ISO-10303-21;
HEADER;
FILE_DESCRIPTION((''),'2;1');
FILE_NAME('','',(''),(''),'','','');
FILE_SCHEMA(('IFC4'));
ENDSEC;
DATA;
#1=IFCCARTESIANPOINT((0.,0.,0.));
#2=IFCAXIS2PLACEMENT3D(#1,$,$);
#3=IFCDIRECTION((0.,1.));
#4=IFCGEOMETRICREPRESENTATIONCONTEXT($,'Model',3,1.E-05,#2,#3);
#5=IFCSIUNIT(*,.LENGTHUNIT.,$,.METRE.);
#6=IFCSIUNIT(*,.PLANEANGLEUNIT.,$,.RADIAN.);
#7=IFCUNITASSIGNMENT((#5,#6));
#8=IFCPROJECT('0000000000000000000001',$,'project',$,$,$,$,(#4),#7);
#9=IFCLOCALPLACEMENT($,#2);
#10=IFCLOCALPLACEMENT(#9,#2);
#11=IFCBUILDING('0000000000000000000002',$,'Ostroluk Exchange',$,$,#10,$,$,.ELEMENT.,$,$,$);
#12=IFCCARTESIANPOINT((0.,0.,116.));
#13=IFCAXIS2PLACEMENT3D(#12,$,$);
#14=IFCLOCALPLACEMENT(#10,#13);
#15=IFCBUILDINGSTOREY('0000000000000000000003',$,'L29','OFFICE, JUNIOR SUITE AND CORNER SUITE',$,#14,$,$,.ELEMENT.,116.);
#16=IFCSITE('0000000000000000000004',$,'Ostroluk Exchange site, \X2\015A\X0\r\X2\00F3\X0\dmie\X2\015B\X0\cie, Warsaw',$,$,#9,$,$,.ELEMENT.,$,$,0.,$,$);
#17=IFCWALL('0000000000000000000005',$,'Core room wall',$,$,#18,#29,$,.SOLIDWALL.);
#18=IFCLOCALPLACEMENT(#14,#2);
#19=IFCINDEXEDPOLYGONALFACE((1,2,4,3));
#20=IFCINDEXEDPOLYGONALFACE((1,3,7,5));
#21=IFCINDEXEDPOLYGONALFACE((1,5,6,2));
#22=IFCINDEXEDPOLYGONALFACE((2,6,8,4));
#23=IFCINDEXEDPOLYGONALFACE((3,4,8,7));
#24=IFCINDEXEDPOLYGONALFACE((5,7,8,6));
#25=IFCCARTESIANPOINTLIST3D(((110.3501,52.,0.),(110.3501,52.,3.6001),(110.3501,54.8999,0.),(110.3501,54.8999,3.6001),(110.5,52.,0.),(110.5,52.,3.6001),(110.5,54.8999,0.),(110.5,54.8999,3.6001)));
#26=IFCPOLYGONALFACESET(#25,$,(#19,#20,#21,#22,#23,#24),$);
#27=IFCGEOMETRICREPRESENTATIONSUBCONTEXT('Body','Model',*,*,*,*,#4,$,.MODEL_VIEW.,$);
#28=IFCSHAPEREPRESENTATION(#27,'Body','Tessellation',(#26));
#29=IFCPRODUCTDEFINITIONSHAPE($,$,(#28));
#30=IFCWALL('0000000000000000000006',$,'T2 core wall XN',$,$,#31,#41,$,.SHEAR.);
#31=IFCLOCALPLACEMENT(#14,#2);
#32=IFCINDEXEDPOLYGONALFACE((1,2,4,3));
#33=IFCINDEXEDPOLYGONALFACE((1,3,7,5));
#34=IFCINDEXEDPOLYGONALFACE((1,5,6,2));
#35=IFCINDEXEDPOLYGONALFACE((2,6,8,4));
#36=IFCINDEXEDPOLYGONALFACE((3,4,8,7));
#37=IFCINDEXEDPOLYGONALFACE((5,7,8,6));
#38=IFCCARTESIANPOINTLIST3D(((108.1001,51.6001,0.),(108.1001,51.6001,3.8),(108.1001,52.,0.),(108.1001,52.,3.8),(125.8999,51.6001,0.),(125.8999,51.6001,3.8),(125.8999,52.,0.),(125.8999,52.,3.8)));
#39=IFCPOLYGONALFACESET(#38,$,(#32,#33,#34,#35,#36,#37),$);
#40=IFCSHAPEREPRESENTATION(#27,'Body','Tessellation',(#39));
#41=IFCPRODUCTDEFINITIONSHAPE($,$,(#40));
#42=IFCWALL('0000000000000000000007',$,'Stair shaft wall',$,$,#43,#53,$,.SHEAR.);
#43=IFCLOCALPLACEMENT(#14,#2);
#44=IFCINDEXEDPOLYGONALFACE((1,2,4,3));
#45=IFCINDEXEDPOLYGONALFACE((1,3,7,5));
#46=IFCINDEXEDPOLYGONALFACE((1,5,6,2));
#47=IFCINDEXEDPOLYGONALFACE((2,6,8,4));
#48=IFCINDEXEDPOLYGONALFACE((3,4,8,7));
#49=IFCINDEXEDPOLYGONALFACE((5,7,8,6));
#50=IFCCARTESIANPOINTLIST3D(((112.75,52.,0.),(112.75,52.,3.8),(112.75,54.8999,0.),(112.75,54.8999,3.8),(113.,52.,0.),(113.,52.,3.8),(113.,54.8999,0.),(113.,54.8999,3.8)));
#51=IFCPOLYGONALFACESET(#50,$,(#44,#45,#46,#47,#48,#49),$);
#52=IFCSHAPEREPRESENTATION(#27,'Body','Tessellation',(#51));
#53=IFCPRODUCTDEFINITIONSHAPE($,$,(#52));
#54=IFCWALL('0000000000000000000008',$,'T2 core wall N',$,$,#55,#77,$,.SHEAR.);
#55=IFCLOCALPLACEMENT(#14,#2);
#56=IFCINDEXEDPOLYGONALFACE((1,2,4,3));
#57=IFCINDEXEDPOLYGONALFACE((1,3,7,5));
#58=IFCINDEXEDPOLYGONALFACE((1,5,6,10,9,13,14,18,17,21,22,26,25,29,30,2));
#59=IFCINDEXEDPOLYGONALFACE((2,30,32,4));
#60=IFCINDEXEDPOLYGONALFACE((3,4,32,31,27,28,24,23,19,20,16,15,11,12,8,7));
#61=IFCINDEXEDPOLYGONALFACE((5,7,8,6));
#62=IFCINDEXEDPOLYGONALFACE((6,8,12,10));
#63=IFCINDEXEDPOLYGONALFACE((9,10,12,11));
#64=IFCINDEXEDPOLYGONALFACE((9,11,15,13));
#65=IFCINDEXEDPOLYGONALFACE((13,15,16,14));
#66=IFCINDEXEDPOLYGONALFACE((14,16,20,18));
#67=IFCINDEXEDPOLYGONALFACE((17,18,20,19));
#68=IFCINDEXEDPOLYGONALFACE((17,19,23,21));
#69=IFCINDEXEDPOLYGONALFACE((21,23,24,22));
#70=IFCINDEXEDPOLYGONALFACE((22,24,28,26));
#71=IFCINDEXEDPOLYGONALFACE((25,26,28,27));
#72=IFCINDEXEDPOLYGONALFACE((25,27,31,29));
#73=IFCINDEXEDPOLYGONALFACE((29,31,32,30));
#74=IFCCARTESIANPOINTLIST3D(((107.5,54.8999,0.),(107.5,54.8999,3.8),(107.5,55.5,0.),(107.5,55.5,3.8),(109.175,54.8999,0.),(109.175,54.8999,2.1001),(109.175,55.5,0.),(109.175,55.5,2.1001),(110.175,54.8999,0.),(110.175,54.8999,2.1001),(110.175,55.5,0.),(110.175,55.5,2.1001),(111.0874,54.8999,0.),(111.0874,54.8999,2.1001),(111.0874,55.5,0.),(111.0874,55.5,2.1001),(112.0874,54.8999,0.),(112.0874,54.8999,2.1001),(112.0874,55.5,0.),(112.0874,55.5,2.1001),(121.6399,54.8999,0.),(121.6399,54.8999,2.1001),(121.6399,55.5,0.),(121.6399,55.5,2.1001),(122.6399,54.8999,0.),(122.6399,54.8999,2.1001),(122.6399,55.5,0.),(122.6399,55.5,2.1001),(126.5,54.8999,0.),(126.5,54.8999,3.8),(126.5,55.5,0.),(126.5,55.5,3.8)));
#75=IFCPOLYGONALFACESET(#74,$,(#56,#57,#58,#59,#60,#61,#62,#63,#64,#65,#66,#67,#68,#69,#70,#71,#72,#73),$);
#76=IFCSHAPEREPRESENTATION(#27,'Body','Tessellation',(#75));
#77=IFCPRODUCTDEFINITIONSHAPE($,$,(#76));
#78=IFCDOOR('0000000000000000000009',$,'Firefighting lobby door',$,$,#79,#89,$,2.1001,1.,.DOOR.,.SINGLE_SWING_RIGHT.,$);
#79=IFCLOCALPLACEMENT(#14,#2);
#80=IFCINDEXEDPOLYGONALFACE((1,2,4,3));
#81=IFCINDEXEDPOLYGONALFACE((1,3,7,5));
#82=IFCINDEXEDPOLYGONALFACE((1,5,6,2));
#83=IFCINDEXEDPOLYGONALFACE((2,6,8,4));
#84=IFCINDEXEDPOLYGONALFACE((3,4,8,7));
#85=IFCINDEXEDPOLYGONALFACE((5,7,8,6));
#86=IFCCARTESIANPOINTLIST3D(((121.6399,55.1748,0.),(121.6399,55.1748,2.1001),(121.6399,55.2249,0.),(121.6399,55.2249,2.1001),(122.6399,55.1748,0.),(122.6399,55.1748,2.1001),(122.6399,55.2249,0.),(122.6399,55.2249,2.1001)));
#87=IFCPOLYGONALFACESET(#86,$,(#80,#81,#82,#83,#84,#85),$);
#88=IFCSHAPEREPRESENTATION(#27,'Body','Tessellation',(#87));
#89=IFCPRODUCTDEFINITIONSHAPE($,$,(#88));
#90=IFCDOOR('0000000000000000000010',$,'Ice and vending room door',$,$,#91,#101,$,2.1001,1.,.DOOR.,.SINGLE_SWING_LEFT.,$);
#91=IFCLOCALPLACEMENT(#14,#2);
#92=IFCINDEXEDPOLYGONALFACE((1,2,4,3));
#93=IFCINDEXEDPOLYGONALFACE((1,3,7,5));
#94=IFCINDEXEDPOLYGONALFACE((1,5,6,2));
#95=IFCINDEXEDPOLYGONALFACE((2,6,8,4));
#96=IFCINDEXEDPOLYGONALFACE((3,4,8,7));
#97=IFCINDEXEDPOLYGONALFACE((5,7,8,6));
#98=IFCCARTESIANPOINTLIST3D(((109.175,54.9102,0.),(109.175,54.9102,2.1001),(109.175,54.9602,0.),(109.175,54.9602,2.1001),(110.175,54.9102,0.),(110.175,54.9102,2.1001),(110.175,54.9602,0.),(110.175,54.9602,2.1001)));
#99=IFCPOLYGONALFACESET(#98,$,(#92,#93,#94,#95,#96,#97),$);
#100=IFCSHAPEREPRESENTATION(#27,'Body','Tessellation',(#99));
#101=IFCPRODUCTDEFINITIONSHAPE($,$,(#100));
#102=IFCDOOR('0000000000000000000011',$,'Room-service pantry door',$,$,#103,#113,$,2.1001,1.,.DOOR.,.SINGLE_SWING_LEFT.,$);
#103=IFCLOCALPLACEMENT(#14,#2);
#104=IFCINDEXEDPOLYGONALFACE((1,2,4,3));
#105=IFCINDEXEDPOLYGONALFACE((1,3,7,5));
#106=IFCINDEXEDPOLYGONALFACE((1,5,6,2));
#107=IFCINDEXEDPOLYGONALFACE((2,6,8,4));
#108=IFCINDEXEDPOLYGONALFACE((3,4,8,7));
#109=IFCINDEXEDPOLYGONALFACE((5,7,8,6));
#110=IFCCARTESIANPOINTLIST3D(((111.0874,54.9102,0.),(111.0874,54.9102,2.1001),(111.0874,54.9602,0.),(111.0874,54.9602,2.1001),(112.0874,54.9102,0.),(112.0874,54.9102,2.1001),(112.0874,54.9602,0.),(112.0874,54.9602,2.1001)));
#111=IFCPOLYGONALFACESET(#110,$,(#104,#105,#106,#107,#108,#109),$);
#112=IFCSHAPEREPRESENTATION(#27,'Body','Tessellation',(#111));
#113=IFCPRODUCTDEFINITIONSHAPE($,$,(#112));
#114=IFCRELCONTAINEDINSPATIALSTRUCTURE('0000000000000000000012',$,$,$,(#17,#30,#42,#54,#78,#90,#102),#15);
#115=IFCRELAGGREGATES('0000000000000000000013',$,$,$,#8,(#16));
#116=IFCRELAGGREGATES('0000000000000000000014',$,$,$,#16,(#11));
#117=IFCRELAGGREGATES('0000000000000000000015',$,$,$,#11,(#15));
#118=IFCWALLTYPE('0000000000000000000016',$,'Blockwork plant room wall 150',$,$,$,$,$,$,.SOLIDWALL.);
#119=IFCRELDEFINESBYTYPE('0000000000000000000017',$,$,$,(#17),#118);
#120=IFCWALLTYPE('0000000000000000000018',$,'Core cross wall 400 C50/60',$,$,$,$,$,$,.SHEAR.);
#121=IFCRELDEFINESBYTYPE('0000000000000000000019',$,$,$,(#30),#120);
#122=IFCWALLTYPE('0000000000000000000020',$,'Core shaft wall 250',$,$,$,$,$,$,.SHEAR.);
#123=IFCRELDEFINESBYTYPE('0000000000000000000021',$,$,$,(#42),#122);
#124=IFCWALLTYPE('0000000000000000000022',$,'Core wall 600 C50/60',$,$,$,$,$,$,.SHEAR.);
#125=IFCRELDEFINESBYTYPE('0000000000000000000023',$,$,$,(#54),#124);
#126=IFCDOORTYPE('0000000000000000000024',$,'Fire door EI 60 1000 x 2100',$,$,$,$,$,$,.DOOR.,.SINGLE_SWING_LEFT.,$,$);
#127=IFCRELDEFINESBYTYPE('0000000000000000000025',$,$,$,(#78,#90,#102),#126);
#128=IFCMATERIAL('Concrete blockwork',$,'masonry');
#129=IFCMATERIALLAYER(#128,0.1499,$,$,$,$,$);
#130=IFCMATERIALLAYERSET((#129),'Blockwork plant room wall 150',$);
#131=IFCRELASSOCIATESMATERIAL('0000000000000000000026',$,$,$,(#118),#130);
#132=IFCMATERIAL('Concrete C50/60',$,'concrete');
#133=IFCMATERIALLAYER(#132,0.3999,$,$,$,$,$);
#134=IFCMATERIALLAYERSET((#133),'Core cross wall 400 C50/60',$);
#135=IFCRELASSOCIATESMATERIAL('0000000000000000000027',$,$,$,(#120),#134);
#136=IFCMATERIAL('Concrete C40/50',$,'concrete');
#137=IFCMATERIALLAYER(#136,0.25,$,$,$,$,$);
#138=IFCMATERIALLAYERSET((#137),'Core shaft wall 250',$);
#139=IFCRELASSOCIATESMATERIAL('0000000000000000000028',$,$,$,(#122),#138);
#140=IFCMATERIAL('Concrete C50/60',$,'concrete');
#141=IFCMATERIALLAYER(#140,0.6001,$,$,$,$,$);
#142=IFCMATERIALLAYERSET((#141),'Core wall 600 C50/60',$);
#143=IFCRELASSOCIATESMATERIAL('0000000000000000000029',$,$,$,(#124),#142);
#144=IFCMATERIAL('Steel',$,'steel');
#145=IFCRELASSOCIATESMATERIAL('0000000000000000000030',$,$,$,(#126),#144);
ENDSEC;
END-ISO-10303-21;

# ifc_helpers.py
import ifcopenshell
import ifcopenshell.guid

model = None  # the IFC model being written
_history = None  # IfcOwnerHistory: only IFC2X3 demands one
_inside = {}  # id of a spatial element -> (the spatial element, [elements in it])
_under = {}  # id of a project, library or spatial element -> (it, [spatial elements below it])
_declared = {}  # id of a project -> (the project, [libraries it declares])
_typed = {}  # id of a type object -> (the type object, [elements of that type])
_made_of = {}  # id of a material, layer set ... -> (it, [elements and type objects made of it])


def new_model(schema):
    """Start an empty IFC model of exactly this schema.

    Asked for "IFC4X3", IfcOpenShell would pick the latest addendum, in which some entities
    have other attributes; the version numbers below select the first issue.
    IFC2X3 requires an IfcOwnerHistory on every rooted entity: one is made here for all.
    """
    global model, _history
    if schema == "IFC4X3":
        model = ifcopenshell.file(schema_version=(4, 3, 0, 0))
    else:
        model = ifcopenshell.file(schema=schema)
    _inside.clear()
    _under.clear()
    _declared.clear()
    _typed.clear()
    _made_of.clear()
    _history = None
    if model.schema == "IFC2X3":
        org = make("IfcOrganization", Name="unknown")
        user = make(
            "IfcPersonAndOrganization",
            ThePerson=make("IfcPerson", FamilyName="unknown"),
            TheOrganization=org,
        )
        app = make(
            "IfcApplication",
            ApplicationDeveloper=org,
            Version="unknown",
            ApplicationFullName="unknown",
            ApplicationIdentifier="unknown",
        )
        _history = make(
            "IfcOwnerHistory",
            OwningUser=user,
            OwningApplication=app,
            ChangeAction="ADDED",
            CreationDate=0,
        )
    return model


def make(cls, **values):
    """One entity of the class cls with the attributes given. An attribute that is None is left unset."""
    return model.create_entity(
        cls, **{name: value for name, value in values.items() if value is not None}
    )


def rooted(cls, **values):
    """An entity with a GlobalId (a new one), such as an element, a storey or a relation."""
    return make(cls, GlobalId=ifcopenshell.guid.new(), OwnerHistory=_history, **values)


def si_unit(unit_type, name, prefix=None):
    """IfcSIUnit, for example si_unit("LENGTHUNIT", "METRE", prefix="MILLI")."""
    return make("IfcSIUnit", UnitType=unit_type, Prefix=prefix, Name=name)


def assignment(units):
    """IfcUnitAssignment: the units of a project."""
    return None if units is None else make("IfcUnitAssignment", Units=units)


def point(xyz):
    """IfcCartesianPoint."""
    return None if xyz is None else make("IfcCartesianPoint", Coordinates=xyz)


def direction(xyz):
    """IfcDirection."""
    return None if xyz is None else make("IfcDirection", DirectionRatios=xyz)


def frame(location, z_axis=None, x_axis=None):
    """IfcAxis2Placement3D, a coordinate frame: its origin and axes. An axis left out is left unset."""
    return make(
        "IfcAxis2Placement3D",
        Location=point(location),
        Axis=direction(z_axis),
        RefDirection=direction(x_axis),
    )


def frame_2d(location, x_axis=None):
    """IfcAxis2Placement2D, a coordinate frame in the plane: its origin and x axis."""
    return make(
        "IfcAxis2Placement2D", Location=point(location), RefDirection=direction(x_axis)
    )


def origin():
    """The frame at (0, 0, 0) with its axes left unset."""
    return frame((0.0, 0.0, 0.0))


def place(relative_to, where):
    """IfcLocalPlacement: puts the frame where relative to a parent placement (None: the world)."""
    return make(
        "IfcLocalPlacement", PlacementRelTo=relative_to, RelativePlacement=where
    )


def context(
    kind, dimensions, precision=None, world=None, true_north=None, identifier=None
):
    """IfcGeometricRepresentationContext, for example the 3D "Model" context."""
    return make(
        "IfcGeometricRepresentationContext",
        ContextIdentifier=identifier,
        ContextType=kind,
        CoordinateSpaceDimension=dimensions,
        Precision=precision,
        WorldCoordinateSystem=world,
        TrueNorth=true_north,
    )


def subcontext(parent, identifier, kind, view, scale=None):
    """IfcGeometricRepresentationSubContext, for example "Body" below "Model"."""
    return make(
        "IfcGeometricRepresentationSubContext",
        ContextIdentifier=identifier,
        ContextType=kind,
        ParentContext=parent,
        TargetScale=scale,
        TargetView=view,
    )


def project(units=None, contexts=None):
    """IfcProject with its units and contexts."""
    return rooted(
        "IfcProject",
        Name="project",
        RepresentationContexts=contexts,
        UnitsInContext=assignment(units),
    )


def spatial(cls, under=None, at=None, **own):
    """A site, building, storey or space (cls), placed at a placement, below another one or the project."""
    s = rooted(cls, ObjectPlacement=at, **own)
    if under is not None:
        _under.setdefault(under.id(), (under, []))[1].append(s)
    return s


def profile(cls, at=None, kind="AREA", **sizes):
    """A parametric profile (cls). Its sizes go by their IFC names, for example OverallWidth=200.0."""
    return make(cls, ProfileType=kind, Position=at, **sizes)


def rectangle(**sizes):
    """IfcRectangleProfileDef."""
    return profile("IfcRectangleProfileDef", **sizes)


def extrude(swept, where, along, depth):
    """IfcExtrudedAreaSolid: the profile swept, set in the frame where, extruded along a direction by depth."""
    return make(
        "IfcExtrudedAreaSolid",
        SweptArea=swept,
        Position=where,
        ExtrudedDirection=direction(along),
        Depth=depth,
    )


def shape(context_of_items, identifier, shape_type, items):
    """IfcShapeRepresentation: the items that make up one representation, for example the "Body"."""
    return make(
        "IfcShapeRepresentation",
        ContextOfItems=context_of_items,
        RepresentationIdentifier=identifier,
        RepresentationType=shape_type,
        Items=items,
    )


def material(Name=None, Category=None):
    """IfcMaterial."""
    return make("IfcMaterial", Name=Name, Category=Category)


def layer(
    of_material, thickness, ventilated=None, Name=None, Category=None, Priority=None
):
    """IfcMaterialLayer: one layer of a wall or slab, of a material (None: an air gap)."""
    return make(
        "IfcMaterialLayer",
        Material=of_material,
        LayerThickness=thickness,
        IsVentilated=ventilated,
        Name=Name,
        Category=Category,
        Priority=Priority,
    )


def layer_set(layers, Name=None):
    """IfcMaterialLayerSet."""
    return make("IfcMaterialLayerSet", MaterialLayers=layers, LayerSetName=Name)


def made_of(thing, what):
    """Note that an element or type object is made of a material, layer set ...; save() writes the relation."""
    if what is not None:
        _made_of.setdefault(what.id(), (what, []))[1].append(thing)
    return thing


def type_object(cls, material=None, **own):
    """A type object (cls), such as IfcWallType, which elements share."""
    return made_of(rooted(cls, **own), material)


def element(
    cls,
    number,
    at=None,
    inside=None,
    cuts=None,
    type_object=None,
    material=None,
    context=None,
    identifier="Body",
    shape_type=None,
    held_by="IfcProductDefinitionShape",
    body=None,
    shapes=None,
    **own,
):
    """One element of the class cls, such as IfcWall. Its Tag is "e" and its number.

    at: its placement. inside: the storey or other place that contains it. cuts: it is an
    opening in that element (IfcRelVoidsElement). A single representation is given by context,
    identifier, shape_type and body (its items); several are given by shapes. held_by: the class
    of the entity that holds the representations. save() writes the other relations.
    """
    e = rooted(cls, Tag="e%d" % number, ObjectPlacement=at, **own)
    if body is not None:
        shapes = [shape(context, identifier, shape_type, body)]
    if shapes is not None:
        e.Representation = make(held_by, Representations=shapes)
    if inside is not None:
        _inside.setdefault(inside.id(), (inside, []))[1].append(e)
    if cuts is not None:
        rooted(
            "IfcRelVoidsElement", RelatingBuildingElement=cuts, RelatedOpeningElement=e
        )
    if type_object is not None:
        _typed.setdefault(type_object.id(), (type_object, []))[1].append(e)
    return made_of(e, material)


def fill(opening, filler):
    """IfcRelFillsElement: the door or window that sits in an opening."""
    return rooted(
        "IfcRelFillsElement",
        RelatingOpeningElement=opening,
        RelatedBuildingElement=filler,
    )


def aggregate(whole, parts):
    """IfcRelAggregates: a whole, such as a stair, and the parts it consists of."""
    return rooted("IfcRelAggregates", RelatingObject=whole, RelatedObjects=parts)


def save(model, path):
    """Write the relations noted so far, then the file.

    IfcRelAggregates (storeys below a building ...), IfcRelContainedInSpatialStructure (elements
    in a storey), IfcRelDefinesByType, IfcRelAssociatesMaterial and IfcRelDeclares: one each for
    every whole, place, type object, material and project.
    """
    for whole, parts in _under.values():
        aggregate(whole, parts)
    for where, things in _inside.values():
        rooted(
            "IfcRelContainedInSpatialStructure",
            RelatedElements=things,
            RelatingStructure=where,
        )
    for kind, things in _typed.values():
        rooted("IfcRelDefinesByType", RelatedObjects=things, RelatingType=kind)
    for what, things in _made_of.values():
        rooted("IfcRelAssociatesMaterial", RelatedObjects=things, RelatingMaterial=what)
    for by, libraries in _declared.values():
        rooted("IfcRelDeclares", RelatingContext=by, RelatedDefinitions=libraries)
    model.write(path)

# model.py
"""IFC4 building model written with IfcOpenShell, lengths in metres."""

from ifc_helpers import new_model, si_unit, direction, frame, frame_2d, origin, place, context, subcontext, project, spatial, rectangle, extrude, material, layer, layer_set, type_object, element, fill, save


model = new_model("IFC4")

# Units and contexts
model_context = context("Model", 3, precision=1e-05, world=origin(), true_north=direction((0.0, 1.0)))
body_context = subcontext(model_context, "Body", "Model", "MODEL_VIEW")
ifc_project = project(units=[si_unit("LENGTHUNIT", "METRE"), si_unit("PLANEANGLEUNIT", "RADIAN")], contexts=[model_context])

# Site, building, storey
site_placement = place(None, origin())
site = spatial("IfcSite", under=ifc_project, at=site_placement, Name="Ostroluk Exchange site, Śródmieście, Warsaw", CompositionType="ELEMENT", RefElevation=0.0)
building_placement = place(site_placement, origin())
building = spatial("IfcBuilding", under=site, at=building_placement, Name="Ostroluk Exchange", CompositionType="ELEMENT")
storey_placement = place(building_placement, frame((0.0, 0.0, 116.0)))
storey = spatial("IfcBuildingStorey", under=building, at=storey_placement, Name="L29", Description="OFFICE, JUNIOR SUITE AND CORNER SUITE", CompositionType="ELEMENT", Elevation=116.0)

# Walls
ifc_material_1 = material(Name="Concrete blockwork", Category="masonry")
ifc_layer_1 = layer(ifc_material_1, 0.1499)
ifc_layer_set_1 = layer_set([ifc_layer_1], Name="Blockwork plant room wall 150")
wall_type_1 = type_object("IfcWallType", Name="Blockwork plant room wall 150", PredefinedType="SOLIDWALL", material=ifc_layer_set_1)
wall_1_placement = place(storey_placement, frame((110.425, 52.0, 0.0), z_axis=(0.0, 0.0, 1.0), x_axis=(0.0, 1.0, 0.0)))
element("IfcWall", 1, at=wall_1_placement, inside=storey, type_object=wall_type_1, Name="Core room wall", PredefinedType="SOLIDWALL", context=body_context, shape_type="SweptSolid", body=[
    extrude(rectangle(XDim=2.8999, YDim=0.1499, at=frame_2d((1.45, 0.0))), origin(), (0.0, 0.0, 1.0), 3.6001),
])
ifc_material_2 = material(Name="Concrete C50/60", Category="concrete")
ifc_layer_2 = layer(ifc_material_2, 0.3999)
ifc_layer_set_2 = layer_set([ifc_layer_2], Name="Core cross wall 400 C50/60")
wall_type_2 = type_object("IfcWallType", Name="Core cross wall 400 C50/60", PredefinedType="SHEAR", material=ifc_layer_set_2)
wall_2_placement = place(storey_placement, frame((108.1001, 51.8, 0.0), z_axis=(0.0, 0.0, 1.0), x_axis=(1.0, 0.0, 0.0)))
element("IfcWall", 2, at=wall_2_placement, inside=storey, type_object=wall_type_2, Name="T2 core wall XN", PredefinedType="SHEAR", context=body_context, shape_type="SweptSolid", body=[
    extrude(rectangle(XDim=17.7998, YDim=0.3999, at=frame_2d((8.8999, 0.0))), origin(), (0.0, 0.0, 1.0), 3.8),
])
ifc_material_3 = material(Name="Concrete C40/50", Category="concrete")
ifc_layer_3 = layer(ifc_material_3, 0.25)
ifc_layer_set_3 = layer_set([ifc_layer_3], Name="Core shaft wall 250")
wall_type_3 = type_object("IfcWallType", Name="Core shaft wall 250", PredefinedType="SHEAR", material=ifc_layer_set_3)
wall_3_placement = place(storey_placement, frame((112.875, 52.0, 0.0), z_axis=(0.0, 0.0, 1.0), x_axis=(0.0, 1.0, 0.0)))
element("IfcWall", 3, at=wall_3_placement, inside=storey, type_object=wall_type_3, Name="Stair shaft wall", PredefinedType="SHEAR", context=body_context, shape_type="SweptSolid", body=[
    extrude(rectangle(XDim=2.8999, YDim=0.25, at=frame_2d((1.45, 0.0))), origin(), (0.0, 0.0, 1.0), 3.8),
])

# Wall, openings, doors
ifc_material_4 = material(Name="Concrete C50/60", Category="concrete")
ifc_layer_4 = layer(ifc_material_4, 0.6001)
ifc_layer_set_4 = layer_set([ifc_layer_4], Name="Core wall 600 C50/60")
wall_type_4 = type_object("IfcWallType", Name="Core wall 600 C50/60", PredefinedType="SHEAR", material=ifc_layer_set_4)
wall_4_placement = place(storey_placement, frame((107.5, 55.2, 0.0), z_axis=(0.0, 0.0, 1.0), x_axis=(1.0, 0.0, 0.0)))
wall_4 = element("IfcWall", 4, at=wall_4_placement, inside=storey, type_object=wall_type_4, Name="T2 core wall N", PredefinedType="SHEAR", context=body_context, shape_type="SweptSolid", body=[
    extrude(rectangle(XDim=19.0, YDim=0.6001, at=frame_2d((9.5, 0.0))), origin(), (0.0, 0.0, 1.0), 3.8),
])
opening_1_placement = place(wall_4_placement, frame((14.1399, 0.0, 0.0)))
opening_1 = element("IfcOpeningElement", 5, at=opening_1_placement, cuts=wall_4, PredefinedType="OPENING", context=body_context, shape_type="SweptSolid", body=[
    extrude(rectangle(XDim=1.0, YDim=2.1001, at=frame_2d((0.5, 1.05))), frame((0.0, 0.3101, 0.0), z_axis=(0.0, -1.0, 0.0), x_axis=(1.0, 0.0, 0.0)), (0.0, 0.0, 1.0), 0.6201),
])
opening_2_placement = place(wall_4_placement, frame((1.675, 0.0, 0.0)))
opening_2 = element("IfcOpeningElement", 6, at=opening_2_placement, cuts=wall_4, PredefinedType="OPENING", context=body_context, shape_type="SweptSolid", body=[
    extrude(rectangle(XDim=1.0, YDim=2.1001, at=frame_2d((0.5, 1.05))), frame((0.0, 0.3101, 0.0), z_axis=(0.0, -1.0, 0.0), x_axis=(1.0, 0.0, 0.0)), (0.0, 0.0, 1.0), 0.6201),
])
opening_3_placement = place(wall_4_placement, frame((3.5874, 0.0, 0.0)))
opening_3 = element("IfcOpeningElement", 7, at=opening_3_placement, cuts=wall_4, PredefinedType="OPENING", context=body_context, shape_type="SweptSolid", body=[
    extrude(rectangle(XDim=1.0, YDim=2.1001, at=frame_2d((0.5, 1.05))), frame((0.0, 0.3101, 0.0), z_axis=(0.0, -1.0, 0.0), x_axis=(1.0, 0.0, 0.0)), (0.0, 0.0, 1.0), 0.6201),
])
ifc_material_5 = material(Name="Steel", Category="steel")
door_type_1 = type_object("IfcDoorType", Name="Fire door EI 60 1000 x 2100", OperationType="SINGLE_SWING_LEFT", PredefinedType="DOOR", material=ifc_material_5)
door_1_placement = place(opening_1_placement, origin())
door_1 = element("IfcDoor", 8, at=door_1_placement, inside=storey, type_object=door_type_1, Name="Firefighting lobby door", OperationType="SINGLE_SWING_RIGHT", OverallHeight=2.1001, OverallWidth=1.0, PredefinedType="DOOR", context=body_context, shape_type="SweptSolid", body=[
    extrude(rectangle(XDim=1.0, YDim=2.1001, at=frame_2d((0.5, 1.05))), frame((0.0, 0.0249, 0.0), z_axis=(0.0, -1.0, 0.0), x_axis=(1.0, 0.0, 0.0)), (0.0, 0.0, 1.0), 0.05),
])
fill(opening_1, door_1)
door_2_placement = place(opening_2_placement, origin())
door_2 = element("IfcDoor", 9, at=door_2_placement, inside=storey, type_object=door_type_1, Name="Ice and vending room door", OperationType="SINGLE_SWING_LEFT", OverallHeight=2.1001, OverallWidth=1.0, PredefinedType="DOOR", context=body_context, shape_type="SweptSolid", body=[
    extrude(rectangle(XDim=1.0, YDim=2.1001, at=frame_2d((0.5, 1.05))), frame((0.0, -0.2397, 0.0), z_axis=(0.0, -1.0, 0.0), x_axis=(1.0, 0.0, 0.0)), (0.0, 0.0, 1.0), 0.05),
])
fill(opening_2, door_2)
door_3_placement = place(opening_3_placement, origin())
door_3 = element("IfcDoor", 10, at=door_3_placement, inside=storey, type_object=door_type_1, Name="Room-service pantry door", OperationType="SINGLE_SWING_LEFT", OverallHeight=2.1001, OverallWidth=1.0, PredefinedType="DOOR", context=body_context, shape_type="SweptSolid", body=[
    extrude(rectangle(XDim=1.0, YDim=2.1001, at=frame_2d((0.5, 1.05))), frame((0.0, -0.2397, 0.0), z_axis=(0.0, -1.0, 0.0), x_axis=(1.0, 0.0, 0.0)), (0.0, 0.0, 1.0), 0.05),
])
fill(opening_3, door_3)

save(model, "model.ifc")
